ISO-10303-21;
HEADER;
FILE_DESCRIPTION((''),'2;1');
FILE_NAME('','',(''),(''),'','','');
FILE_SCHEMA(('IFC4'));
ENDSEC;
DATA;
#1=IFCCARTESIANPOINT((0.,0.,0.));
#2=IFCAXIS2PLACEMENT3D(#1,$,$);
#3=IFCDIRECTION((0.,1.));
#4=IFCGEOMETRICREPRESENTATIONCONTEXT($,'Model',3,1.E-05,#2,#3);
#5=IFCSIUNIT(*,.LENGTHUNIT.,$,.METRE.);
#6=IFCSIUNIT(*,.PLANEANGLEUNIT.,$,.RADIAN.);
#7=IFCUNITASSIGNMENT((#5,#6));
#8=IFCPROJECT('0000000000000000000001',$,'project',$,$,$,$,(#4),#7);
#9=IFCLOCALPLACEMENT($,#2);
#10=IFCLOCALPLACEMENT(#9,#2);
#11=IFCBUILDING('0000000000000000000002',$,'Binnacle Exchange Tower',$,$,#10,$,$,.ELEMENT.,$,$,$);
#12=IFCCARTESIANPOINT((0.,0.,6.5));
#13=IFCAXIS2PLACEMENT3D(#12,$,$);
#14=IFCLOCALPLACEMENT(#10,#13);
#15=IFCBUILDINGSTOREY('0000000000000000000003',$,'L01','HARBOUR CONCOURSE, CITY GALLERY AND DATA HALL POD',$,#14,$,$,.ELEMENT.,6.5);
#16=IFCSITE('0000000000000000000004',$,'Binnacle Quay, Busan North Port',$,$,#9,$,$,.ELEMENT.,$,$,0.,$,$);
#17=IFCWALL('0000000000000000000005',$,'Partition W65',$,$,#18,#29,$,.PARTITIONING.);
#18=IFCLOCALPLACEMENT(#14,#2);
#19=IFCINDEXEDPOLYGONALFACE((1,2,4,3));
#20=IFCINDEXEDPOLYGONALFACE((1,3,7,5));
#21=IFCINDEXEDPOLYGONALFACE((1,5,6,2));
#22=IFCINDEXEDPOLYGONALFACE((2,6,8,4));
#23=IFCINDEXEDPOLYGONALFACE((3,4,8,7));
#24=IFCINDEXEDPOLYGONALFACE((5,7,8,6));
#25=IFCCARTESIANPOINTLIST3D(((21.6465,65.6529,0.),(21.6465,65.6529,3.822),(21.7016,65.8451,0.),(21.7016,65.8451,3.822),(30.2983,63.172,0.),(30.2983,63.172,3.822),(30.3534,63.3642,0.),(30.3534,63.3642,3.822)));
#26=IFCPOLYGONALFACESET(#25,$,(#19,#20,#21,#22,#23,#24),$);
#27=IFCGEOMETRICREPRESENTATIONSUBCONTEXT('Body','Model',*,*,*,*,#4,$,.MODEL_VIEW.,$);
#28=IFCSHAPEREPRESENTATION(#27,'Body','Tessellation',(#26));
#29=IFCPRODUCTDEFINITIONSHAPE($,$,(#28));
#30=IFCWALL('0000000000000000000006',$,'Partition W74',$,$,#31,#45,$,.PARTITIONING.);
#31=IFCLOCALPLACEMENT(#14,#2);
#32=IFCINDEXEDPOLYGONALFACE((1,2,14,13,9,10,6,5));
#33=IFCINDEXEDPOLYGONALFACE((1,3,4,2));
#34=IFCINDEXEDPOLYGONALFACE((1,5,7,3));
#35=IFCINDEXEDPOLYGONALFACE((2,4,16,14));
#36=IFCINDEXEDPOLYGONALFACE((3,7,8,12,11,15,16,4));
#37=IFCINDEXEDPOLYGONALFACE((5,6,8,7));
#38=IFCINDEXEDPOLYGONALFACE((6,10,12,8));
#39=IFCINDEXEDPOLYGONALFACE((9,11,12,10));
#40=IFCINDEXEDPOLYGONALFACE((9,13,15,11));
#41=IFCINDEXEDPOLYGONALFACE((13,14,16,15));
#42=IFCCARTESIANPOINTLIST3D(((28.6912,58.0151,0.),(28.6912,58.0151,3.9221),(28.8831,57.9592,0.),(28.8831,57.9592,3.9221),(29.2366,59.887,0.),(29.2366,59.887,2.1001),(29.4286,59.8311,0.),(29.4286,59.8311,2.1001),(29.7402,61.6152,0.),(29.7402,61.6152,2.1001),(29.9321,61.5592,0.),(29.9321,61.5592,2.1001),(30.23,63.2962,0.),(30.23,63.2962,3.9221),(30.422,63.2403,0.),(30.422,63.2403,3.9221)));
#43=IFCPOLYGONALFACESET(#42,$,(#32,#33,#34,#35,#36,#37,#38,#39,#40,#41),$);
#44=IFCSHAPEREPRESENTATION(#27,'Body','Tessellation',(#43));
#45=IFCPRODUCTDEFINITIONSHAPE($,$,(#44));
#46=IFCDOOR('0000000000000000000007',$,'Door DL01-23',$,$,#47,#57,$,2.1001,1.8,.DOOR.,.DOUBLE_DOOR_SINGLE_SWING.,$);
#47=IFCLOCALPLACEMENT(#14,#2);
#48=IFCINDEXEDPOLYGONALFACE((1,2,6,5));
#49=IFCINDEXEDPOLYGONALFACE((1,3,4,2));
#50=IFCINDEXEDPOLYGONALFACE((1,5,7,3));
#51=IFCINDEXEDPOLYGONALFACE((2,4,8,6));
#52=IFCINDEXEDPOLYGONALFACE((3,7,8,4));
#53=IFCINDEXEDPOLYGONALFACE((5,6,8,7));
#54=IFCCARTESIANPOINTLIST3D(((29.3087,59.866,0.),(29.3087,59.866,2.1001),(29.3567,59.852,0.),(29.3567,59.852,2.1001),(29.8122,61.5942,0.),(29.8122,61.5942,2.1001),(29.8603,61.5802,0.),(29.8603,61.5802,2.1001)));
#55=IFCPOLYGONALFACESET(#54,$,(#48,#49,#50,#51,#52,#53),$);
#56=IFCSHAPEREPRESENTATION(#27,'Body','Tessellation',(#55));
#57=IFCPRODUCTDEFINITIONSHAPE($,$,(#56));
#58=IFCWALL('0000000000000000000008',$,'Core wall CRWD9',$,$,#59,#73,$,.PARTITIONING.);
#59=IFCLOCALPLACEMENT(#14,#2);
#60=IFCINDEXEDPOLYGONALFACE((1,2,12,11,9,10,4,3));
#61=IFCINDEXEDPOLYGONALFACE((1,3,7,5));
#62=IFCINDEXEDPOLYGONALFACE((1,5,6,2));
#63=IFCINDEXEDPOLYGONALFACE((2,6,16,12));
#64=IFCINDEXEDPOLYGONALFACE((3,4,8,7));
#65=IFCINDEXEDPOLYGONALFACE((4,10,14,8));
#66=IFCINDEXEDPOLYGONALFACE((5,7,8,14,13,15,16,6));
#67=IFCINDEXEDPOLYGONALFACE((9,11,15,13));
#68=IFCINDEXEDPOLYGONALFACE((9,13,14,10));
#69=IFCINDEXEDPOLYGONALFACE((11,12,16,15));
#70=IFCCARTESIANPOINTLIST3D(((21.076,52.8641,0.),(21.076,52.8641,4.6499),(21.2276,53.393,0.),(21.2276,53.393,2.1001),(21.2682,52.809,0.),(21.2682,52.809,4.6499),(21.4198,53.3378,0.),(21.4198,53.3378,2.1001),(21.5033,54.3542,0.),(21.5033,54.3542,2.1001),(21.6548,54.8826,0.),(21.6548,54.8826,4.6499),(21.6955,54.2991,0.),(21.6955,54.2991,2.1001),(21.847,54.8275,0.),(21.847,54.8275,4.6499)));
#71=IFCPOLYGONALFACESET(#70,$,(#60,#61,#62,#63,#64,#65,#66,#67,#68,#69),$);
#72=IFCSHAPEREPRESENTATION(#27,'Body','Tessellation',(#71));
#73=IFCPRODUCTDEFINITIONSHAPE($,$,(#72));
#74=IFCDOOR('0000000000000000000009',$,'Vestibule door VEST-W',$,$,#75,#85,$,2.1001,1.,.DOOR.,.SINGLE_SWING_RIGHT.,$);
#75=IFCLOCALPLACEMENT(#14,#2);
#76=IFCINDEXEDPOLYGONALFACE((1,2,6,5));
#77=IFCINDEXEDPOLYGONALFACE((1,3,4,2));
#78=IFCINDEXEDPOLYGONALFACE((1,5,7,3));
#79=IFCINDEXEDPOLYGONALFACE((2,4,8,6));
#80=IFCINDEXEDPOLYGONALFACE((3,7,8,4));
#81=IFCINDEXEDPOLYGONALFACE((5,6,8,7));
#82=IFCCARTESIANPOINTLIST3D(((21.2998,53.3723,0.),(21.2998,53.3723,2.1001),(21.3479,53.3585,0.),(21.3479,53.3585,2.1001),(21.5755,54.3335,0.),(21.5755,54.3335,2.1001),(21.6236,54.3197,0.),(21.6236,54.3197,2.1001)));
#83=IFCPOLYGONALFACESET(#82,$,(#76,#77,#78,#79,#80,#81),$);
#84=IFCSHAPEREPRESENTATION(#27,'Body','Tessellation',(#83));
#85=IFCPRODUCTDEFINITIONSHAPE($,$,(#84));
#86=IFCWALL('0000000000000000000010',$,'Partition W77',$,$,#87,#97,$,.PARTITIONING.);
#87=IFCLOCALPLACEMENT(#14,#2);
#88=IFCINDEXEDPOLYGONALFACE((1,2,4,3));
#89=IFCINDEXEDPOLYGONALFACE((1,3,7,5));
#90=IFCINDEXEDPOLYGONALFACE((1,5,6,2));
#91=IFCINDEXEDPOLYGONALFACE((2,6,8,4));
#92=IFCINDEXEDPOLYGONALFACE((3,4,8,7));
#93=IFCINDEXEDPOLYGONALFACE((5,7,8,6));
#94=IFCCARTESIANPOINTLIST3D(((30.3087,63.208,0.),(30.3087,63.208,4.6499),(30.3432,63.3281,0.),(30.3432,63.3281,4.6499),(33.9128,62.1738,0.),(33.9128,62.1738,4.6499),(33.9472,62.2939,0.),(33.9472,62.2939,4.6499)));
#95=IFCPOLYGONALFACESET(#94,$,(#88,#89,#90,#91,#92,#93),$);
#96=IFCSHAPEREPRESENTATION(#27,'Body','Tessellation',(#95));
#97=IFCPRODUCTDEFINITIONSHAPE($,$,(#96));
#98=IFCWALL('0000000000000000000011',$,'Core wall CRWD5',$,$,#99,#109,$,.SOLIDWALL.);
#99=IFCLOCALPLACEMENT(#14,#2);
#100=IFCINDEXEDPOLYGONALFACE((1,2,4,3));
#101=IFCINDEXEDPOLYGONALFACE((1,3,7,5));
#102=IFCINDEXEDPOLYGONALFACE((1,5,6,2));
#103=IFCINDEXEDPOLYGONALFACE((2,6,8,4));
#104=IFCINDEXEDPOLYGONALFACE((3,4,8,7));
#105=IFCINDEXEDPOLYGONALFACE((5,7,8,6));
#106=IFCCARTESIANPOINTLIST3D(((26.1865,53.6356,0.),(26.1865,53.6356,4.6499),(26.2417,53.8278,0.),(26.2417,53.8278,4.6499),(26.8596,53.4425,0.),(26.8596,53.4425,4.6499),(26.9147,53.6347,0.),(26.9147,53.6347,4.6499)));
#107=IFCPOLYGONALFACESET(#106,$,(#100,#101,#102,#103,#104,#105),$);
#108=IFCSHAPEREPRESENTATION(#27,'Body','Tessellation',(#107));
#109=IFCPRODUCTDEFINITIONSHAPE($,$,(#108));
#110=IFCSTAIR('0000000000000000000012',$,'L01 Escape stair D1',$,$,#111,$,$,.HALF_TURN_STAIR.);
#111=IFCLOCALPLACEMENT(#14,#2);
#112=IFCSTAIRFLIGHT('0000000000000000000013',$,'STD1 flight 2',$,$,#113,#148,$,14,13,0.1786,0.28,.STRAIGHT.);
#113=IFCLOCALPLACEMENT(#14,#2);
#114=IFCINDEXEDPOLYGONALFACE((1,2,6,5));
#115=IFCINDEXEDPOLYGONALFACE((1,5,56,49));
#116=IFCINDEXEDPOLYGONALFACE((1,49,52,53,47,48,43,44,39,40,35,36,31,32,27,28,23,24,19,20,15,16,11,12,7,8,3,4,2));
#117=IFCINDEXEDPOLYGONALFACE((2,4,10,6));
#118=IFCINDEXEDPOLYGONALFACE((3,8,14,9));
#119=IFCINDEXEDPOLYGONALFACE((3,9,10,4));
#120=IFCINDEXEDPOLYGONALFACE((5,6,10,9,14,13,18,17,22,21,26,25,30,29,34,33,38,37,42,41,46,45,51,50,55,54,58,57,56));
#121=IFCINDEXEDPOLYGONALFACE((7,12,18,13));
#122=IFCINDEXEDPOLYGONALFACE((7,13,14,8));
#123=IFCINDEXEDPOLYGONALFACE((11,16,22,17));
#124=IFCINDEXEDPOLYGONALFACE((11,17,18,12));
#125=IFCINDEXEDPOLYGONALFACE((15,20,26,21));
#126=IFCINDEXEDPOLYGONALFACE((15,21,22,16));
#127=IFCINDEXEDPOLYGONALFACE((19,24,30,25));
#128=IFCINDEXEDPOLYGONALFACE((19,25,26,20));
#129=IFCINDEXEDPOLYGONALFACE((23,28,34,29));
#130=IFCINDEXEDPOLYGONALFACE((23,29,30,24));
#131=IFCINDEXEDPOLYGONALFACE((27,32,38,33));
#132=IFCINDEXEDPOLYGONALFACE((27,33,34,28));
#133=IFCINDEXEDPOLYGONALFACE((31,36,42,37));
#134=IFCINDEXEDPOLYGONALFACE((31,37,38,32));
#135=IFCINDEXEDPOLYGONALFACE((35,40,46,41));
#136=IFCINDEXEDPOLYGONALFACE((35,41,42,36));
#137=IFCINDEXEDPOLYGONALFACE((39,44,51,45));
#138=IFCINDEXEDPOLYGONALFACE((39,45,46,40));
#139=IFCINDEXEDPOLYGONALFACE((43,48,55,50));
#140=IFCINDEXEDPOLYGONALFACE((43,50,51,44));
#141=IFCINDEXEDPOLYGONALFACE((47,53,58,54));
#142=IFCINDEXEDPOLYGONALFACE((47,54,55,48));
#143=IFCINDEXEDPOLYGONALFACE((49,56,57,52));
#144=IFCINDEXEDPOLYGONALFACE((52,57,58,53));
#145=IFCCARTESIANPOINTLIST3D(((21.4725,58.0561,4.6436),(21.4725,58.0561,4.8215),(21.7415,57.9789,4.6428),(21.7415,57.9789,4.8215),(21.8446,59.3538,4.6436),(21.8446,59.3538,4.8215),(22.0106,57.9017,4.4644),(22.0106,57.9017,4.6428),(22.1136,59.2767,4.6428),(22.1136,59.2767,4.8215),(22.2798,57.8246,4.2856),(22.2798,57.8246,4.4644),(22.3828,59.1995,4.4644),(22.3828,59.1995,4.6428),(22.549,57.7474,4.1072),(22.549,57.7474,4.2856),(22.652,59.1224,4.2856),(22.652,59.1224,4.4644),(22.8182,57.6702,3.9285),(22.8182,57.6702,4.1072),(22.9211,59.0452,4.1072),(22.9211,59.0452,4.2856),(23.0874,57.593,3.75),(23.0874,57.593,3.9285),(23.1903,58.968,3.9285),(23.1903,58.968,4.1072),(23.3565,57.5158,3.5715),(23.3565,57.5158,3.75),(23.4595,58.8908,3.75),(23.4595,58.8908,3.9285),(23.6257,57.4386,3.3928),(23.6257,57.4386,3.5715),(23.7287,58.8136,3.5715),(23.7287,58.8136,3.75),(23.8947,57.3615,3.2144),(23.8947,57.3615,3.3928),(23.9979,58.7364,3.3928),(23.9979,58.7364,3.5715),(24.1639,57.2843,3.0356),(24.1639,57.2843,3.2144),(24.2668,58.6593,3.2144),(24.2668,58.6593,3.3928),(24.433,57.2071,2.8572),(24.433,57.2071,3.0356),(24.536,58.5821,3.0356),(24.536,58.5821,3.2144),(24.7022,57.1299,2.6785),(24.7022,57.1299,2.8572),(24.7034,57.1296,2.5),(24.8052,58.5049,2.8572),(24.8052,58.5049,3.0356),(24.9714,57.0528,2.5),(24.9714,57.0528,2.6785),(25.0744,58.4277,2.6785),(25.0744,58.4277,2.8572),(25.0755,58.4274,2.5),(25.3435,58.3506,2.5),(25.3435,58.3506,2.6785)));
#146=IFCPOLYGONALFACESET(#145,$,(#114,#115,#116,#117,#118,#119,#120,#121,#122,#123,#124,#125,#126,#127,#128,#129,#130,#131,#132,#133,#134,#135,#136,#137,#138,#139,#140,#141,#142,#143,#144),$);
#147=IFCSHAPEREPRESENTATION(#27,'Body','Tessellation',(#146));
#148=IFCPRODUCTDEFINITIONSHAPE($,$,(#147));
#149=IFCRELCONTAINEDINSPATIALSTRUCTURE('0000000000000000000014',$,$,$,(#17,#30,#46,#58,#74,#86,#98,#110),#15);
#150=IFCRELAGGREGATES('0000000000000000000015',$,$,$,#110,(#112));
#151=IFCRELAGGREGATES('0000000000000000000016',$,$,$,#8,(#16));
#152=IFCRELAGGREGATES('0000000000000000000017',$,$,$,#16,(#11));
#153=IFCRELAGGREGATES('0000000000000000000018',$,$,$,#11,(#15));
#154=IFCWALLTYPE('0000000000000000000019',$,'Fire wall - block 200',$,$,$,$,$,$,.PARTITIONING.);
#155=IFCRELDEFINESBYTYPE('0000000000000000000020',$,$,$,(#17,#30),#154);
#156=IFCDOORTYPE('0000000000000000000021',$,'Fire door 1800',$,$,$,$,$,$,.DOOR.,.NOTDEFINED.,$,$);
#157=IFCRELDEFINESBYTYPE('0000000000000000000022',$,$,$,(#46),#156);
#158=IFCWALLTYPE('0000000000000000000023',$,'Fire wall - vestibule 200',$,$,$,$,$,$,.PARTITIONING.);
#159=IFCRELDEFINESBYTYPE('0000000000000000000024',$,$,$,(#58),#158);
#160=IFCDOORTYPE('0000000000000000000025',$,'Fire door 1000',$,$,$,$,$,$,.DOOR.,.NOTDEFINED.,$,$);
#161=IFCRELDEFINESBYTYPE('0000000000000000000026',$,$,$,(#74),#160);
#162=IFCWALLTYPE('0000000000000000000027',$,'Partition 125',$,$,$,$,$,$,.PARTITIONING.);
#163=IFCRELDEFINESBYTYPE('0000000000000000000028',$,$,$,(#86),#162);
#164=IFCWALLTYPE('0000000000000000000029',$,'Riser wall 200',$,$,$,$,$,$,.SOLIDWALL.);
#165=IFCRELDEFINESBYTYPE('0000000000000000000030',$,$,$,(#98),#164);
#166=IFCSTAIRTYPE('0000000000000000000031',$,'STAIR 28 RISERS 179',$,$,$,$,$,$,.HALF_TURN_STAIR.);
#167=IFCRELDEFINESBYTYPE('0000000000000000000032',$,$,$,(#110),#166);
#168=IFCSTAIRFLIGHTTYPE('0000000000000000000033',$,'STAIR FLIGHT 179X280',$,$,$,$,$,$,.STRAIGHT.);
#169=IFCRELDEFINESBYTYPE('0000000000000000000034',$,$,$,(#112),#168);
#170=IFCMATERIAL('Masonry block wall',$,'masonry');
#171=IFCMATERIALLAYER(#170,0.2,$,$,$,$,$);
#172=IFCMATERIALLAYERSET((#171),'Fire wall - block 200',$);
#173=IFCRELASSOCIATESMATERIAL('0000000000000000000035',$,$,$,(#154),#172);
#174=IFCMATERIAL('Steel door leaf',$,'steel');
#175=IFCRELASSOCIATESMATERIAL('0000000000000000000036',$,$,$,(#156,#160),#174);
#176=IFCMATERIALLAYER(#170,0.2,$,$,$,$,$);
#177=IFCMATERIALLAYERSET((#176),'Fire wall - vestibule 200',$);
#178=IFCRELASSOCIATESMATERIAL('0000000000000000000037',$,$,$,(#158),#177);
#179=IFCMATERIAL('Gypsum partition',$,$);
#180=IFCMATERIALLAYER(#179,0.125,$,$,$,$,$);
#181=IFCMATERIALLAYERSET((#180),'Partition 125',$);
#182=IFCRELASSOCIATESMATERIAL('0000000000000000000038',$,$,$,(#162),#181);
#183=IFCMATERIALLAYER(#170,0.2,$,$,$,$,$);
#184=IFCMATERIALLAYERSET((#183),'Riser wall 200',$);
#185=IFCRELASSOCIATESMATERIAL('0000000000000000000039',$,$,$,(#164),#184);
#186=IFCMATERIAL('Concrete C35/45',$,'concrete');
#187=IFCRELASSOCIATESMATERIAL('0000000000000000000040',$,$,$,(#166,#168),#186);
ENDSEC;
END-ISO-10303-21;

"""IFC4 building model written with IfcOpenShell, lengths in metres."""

from ifc_helpers import new_model, si_unit, direction, frame, frame_2d, origin, place, context, subcontext, project, spatial, polyline, rectangle, outline, extrude, material, layer, layer_set, type_object, element, fill, aggregate, save


model = new_model("IFC4")

# Units and contexts
model_context = context("Model", 3, precision=1e-05, world=origin(), true_north=direction((0.0, 1.0)))
body_context = subcontext(model_context, "Body", "Model", "MODEL_VIEW")
ifc_project = project(units=[si_unit("LENGTHUNIT", "METRE"), si_unit("PLANEANGLEUNIT", "RADIAN")], contexts=[model_context])

# Site, building, storey
site_placement = place(None, origin())
site = spatial("IfcSite", under=ifc_project, at=site_placement, Name="Binnacle Quay, Busan North Port", CompositionType="ELEMENT", RefElevation=0.0)
building_placement = place(site_placement, origin())
building = spatial("IfcBuilding", under=site, at=building_placement, Name="Binnacle Exchange Tower", CompositionType="ELEMENT")
storey_placement = place(building_placement, frame((0.0, 0.0, 6.5)))
storey = spatial("IfcBuildingStorey", under=building, at=storey_placement, Name="L01", Description="HARBOUR CONCOURSE, CITY GALLERY AND DATA HALL POD", CompositionType="ELEMENT", Elevation=6.5)

# Shared definitions
ifc_material_1 = material(Name="Steel door leaf", Category="steel")

# Wall
ifc_material_2 = material(Name="Masonry block wall", Category="masonry")
ifc_layer_1 = layer(ifc_material_2, 0.2)
ifc_layer_set_1 = layer_set([ifc_layer_1], Name="Fire wall - block 200")
wall_type_1 = type_object("IfcWallType", Name="Fire wall - block 200", PredefinedType="PARTITIONING", material=ifc_layer_set_1)
wall_1_placement = place(storey_placement, frame((21.6741, 65.749, 0.0), z_axis=(0.0, 0.0, 1.0), x_axis=(0.961259, -0.275645, 0.0)))
element("IfcWall", 1, at=wall_1_placement, inside=storey, type_object=wall_type_1, Name="Partition W65", PredefinedType="PARTITIONING", context=body_context, shape_type="SweptSolid", body=[
    extrude(rectangle(XDim=9.0005, YDim=0.2, at=frame_2d((4.5002, 0.0))), origin(), (0.0, 0.0, 1.0), 3.822),
])

# Walls, openings, doors
wall_2_placement = place(storey_placement, frame((28.7871, 57.9871, 0.0), z_axis=(0.0, 0.0, 1.0), x_axis=(0.279753, 0.960072, 0.0)))
wall_2 = element("IfcWall", 2, at=wall_2_placement, inside=storey, type_object=wall_type_1, Name="Partition W74", PredefinedType="PARTITIONING", context=body_context, shape_type="SweptSolid", body=[
    extrude(rectangle(XDim=5.5007, YDim=0.2, at=frame_2d((2.7505, 0.0))), origin(), (0.0, 0.0, 1.0), 3.9221),
])
opening_1_placement = place(wall_2_placement, frame((1.95, 0.0, 0.0)))
opening_1 = element("IfcOpeningElement", 3, at=opening_1_placement, cuts=wall_2, PredefinedType="OPENING", context=body_context, shape_type="SweptSolid", body=[
    extrude(rectangle(XDim=1.8, YDim=2.1001, at=frame_2d((0.8999, 1.05))), frame((0.0, 0.1099, 0.0), z_axis=(0.0, -1.0, 0.0), x_axis=(1.0, 0.0, 0.0)), (0.0, 0.0, 1.0), 0.22),
])
door_type_1 = type_object("IfcDoorType", Name="Fire door 1800", OperationType="NOTDEFINED", PredefinedType="DOOR", material=ifc_material_1)
door_1_placement = place(opening_1_placement, origin())
door_1 = element("IfcDoor", 4, at=door_1_placement, inside=storey, type_object=door_type_1, Name="Door DL01-23", OperationType="DOUBLE_DOOR_SINGLE_SWING", OverallHeight=2.1001, OverallWidth=1.8, PredefinedType="DOOR", context=body_context, shape_type="SweptSolid", body=[
    extrude(rectangle(XDim=1.8, YDim=2.1001, at=frame_2d((0.8999, 1.05))), frame((0.0, 0.0249, 0.0), z_axis=(0.0, -1.0, 0.0), x_axis=(1.0, 0.0, 0.0)), (0.0, 0.0, 1.0), 0.05),
])
fill(opening_1, door_1)
ifc_layer_2 = layer(ifc_material_2, 0.2)
ifc_layer_set_2 = layer_set([ifc_layer_2], Name="Fire wall - vestibule 200")
wall_type_2 = type_object("IfcWallType", Name="Fire wall - vestibule 200", PredefinedType="PARTITIONING", material=ifc_layer_set_2)
wall_3_placement = place(storey_placement, frame((21.1721, 52.8367, 0.0), z_axis=(0.0, 0.0, 1.0), x_axis=(0.275658, 0.961256, 0.0)))
wall_3 = element("IfcWall", 5, at=wall_3_placement, inside=storey, type_object=wall_type_2, Name="Core wall CRWD9", PredefinedType="PARTITIONING", context=body_context, shape_type="SweptSolid", body=[
    extrude(rectangle(XDim=2.0999, YDim=0.2, at=frame_2d((1.0498, 0.0))), origin(), (0.0, 0.0, 1.0), 4.6499),
])
opening_2_placement = place(wall_3_placement, frame((0.55, 0.0, 0.0)))
opening_2 = element("IfcOpeningElement", 6, at=opening_2_placement, cuts=wall_3, PredefinedType="OPENING", context=body_context, shape_type="SweptSolid", body=[
    extrude(rectangle(XDim=1.0, YDim=2.1001, at=frame_2d((0.5, 1.05))), frame((0.0, 0.1099, 0.0), z_axis=(0.0, -1.0, 0.0), x_axis=(1.0, 0.0, 0.0)), (0.0, 0.0, 1.0), 0.22),
])
door_type_2 = type_object("IfcDoorType", Name="Fire door 1000", OperationType="NOTDEFINED", PredefinedType="DOOR", material=ifc_material_1)
door_2_placement = place(opening_2_placement, origin())
door_2 = element("IfcDoor", 7, at=door_2_placement, inside=storey, type_object=door_type_2, Name="Vestibule door VEST-W", OperationType="SINGLE_SWING_RIGHT", OverallHeight=2.1001, OverallWidth=1.0, PredefinedType="DOOR", context=body_context, shape_type="SweptSolid", body=[
    extrude(rectangle(XDim=1.0, YDim=2.1001, at=frame_2d((0.5, 1.05))), frame((0.0, 0.0249, 0.0), z_axis=(0.0, -1.0, 0.0), x_axis=(1.0, 0.0, 0.0)), (0.0, 0.0, 1.0), 0.05),
])
fill(opening_2, door_2)

# Walls
ifc_material_3 = material(Name="Gypsum partition")
ifc_layer_3 = layer(ifc_material_3, 0.125)
ifc_layer_set_3 = layer_set([ifc_layer_3], Name="Partition 125")
wall_type_3 = type_object("IfcWallType", Name="Partition 125", PredefinedType="PARTITIONING", material=ifc_layer_set_3)
wall_4_placement = place(storey_placement, frame((30.3259, 63.2681, 0.0), z_axis=(0.0, 0.0, 1.0), x_axis=(0.961209, -0.275822, 0.0)))
element("IfcWall", 8, at=wall_4_placement, inside=storey, type_object=wall_type_3, Name="Partition W77", PredefinedType="PARTITIONING", context=body_context, shape_type="SweptSolid", body=[
    extrude(rectangle(XDim=3.7495, YDim=0.125, at=frame_2d((1.8748, 0.0))), origin(), (0.0, 0.0, 1.0), 4.6499),
])
ifc_layer_4 = layer(ifc_material_2, 0.2)
ifc_layer_set_4 = layer_set([ifc_layer_4], Name="Riser wall 200")
wall_type_4 = type_object("IfcWallType", Name="Riser wall 200", PredefinedType="SOLIDWALL", material=ifc_layer_set_4)
wall_5_placement = place(storey_placement, frame((26.2141, 53.7317, 0.0), z_axis=(0.0, 0.0, 1.0), x_axis=(0.961221, -0.27578, 0.0)))
element("IfcWall", 9, at=wall_5_placement, inside=storey, type_object=wall_type_4, Name="Core wall CRWD5", PredefinedType="SOLIDWALL", context=body_context, shape_type="SweptSolid", body=[
    extrude(rectangle(XDim=0.7002, YDim=0.2, at=frame_2d((0.3501, 0.0))), origin(), (0.0, 0.0, 1.0), 4.6499),
])

# Stair, stair flight
ifc_material_4 = material(Name="Concrete C35/45", Category="concrete")
stair_type = type_object("IfcStairType", Name="STAIR 28 RISERS 179", PredefinedType="HALF_TURN_STAIR", material=ifc_material_4)
stair_placement = place(storey_placement, origin())
stair = element("IfcStair", 10, at=stair_placement, inside=storey, type_object=stair_type, Name="L01 Escape stair D1", PredefinedType="HALF_TURN_STAIR")
stair_flight_type = type_object("IfcStairFlightType", Name="STAIR FLIGHT 179X280", PredefinedType="STRAIGHT", material=ifc_material_4)
stair_flight_placement = place(storey_placement, frame((25.1575, 57.7017, 2.5), z_axis=(0.0, 0.0, 1.0), x_axis=(-0.961262, 0.275637, 0.0)))
stair_flight = element("IfcStairFlight", 11, at=stair_flight_placement, type_object=stair_flight_type, Name="STD1 flight 2", NumberOfRisers=14, NumberOfTreads=13, PredefinedType="STRAIGHT", RiserHeight=0.1786, TreadLength=0.28, context=body_context, shape_type="SweptSolid", body=[
    extrude(outline(polyline([(0.0, 0.0), (0.0, 0.1785), (0.28, 0.1785), (0.28, 0.3572), (0.5601, 0.3572), (0.5601, 0.5356), (0.8401, 0.5356), (0.8401, 0.7144), (1.1201, 0.7144), (1.1201, 0.8928), (1.3999, 0.8928), (1.3999, 1.0715), (1.6799, 1.0715), (1.6799, 1.25), (1.96, 1.25), (1.96, 1.4285), (2.24, 1.4285), (2.24, 1.6072), (2.52, 1.6072), (2.52, 1.7856), (2.8, 1.7856), (2.8, 1.9644), (3.0801, 1.9644), (3.0801, 2.1428), (3.3601, 2.1428), (3.3601, 2.3215), (3.6399, 2.3215), (3.6399, 2.5), (3.6399, 2.1436), (0.2788, 0.0), (0.0, 0.0)])), frame((0.0, 0.675, 0.0), z_axis=(0.0, -1.0, 0.0), x_axis=(1.0, 0.0, 0.0)), (0.0, 0.0, 1.0), 1.3501),
])
aggregate(stair, [stair_flight])

save(model, "model.ifc")
